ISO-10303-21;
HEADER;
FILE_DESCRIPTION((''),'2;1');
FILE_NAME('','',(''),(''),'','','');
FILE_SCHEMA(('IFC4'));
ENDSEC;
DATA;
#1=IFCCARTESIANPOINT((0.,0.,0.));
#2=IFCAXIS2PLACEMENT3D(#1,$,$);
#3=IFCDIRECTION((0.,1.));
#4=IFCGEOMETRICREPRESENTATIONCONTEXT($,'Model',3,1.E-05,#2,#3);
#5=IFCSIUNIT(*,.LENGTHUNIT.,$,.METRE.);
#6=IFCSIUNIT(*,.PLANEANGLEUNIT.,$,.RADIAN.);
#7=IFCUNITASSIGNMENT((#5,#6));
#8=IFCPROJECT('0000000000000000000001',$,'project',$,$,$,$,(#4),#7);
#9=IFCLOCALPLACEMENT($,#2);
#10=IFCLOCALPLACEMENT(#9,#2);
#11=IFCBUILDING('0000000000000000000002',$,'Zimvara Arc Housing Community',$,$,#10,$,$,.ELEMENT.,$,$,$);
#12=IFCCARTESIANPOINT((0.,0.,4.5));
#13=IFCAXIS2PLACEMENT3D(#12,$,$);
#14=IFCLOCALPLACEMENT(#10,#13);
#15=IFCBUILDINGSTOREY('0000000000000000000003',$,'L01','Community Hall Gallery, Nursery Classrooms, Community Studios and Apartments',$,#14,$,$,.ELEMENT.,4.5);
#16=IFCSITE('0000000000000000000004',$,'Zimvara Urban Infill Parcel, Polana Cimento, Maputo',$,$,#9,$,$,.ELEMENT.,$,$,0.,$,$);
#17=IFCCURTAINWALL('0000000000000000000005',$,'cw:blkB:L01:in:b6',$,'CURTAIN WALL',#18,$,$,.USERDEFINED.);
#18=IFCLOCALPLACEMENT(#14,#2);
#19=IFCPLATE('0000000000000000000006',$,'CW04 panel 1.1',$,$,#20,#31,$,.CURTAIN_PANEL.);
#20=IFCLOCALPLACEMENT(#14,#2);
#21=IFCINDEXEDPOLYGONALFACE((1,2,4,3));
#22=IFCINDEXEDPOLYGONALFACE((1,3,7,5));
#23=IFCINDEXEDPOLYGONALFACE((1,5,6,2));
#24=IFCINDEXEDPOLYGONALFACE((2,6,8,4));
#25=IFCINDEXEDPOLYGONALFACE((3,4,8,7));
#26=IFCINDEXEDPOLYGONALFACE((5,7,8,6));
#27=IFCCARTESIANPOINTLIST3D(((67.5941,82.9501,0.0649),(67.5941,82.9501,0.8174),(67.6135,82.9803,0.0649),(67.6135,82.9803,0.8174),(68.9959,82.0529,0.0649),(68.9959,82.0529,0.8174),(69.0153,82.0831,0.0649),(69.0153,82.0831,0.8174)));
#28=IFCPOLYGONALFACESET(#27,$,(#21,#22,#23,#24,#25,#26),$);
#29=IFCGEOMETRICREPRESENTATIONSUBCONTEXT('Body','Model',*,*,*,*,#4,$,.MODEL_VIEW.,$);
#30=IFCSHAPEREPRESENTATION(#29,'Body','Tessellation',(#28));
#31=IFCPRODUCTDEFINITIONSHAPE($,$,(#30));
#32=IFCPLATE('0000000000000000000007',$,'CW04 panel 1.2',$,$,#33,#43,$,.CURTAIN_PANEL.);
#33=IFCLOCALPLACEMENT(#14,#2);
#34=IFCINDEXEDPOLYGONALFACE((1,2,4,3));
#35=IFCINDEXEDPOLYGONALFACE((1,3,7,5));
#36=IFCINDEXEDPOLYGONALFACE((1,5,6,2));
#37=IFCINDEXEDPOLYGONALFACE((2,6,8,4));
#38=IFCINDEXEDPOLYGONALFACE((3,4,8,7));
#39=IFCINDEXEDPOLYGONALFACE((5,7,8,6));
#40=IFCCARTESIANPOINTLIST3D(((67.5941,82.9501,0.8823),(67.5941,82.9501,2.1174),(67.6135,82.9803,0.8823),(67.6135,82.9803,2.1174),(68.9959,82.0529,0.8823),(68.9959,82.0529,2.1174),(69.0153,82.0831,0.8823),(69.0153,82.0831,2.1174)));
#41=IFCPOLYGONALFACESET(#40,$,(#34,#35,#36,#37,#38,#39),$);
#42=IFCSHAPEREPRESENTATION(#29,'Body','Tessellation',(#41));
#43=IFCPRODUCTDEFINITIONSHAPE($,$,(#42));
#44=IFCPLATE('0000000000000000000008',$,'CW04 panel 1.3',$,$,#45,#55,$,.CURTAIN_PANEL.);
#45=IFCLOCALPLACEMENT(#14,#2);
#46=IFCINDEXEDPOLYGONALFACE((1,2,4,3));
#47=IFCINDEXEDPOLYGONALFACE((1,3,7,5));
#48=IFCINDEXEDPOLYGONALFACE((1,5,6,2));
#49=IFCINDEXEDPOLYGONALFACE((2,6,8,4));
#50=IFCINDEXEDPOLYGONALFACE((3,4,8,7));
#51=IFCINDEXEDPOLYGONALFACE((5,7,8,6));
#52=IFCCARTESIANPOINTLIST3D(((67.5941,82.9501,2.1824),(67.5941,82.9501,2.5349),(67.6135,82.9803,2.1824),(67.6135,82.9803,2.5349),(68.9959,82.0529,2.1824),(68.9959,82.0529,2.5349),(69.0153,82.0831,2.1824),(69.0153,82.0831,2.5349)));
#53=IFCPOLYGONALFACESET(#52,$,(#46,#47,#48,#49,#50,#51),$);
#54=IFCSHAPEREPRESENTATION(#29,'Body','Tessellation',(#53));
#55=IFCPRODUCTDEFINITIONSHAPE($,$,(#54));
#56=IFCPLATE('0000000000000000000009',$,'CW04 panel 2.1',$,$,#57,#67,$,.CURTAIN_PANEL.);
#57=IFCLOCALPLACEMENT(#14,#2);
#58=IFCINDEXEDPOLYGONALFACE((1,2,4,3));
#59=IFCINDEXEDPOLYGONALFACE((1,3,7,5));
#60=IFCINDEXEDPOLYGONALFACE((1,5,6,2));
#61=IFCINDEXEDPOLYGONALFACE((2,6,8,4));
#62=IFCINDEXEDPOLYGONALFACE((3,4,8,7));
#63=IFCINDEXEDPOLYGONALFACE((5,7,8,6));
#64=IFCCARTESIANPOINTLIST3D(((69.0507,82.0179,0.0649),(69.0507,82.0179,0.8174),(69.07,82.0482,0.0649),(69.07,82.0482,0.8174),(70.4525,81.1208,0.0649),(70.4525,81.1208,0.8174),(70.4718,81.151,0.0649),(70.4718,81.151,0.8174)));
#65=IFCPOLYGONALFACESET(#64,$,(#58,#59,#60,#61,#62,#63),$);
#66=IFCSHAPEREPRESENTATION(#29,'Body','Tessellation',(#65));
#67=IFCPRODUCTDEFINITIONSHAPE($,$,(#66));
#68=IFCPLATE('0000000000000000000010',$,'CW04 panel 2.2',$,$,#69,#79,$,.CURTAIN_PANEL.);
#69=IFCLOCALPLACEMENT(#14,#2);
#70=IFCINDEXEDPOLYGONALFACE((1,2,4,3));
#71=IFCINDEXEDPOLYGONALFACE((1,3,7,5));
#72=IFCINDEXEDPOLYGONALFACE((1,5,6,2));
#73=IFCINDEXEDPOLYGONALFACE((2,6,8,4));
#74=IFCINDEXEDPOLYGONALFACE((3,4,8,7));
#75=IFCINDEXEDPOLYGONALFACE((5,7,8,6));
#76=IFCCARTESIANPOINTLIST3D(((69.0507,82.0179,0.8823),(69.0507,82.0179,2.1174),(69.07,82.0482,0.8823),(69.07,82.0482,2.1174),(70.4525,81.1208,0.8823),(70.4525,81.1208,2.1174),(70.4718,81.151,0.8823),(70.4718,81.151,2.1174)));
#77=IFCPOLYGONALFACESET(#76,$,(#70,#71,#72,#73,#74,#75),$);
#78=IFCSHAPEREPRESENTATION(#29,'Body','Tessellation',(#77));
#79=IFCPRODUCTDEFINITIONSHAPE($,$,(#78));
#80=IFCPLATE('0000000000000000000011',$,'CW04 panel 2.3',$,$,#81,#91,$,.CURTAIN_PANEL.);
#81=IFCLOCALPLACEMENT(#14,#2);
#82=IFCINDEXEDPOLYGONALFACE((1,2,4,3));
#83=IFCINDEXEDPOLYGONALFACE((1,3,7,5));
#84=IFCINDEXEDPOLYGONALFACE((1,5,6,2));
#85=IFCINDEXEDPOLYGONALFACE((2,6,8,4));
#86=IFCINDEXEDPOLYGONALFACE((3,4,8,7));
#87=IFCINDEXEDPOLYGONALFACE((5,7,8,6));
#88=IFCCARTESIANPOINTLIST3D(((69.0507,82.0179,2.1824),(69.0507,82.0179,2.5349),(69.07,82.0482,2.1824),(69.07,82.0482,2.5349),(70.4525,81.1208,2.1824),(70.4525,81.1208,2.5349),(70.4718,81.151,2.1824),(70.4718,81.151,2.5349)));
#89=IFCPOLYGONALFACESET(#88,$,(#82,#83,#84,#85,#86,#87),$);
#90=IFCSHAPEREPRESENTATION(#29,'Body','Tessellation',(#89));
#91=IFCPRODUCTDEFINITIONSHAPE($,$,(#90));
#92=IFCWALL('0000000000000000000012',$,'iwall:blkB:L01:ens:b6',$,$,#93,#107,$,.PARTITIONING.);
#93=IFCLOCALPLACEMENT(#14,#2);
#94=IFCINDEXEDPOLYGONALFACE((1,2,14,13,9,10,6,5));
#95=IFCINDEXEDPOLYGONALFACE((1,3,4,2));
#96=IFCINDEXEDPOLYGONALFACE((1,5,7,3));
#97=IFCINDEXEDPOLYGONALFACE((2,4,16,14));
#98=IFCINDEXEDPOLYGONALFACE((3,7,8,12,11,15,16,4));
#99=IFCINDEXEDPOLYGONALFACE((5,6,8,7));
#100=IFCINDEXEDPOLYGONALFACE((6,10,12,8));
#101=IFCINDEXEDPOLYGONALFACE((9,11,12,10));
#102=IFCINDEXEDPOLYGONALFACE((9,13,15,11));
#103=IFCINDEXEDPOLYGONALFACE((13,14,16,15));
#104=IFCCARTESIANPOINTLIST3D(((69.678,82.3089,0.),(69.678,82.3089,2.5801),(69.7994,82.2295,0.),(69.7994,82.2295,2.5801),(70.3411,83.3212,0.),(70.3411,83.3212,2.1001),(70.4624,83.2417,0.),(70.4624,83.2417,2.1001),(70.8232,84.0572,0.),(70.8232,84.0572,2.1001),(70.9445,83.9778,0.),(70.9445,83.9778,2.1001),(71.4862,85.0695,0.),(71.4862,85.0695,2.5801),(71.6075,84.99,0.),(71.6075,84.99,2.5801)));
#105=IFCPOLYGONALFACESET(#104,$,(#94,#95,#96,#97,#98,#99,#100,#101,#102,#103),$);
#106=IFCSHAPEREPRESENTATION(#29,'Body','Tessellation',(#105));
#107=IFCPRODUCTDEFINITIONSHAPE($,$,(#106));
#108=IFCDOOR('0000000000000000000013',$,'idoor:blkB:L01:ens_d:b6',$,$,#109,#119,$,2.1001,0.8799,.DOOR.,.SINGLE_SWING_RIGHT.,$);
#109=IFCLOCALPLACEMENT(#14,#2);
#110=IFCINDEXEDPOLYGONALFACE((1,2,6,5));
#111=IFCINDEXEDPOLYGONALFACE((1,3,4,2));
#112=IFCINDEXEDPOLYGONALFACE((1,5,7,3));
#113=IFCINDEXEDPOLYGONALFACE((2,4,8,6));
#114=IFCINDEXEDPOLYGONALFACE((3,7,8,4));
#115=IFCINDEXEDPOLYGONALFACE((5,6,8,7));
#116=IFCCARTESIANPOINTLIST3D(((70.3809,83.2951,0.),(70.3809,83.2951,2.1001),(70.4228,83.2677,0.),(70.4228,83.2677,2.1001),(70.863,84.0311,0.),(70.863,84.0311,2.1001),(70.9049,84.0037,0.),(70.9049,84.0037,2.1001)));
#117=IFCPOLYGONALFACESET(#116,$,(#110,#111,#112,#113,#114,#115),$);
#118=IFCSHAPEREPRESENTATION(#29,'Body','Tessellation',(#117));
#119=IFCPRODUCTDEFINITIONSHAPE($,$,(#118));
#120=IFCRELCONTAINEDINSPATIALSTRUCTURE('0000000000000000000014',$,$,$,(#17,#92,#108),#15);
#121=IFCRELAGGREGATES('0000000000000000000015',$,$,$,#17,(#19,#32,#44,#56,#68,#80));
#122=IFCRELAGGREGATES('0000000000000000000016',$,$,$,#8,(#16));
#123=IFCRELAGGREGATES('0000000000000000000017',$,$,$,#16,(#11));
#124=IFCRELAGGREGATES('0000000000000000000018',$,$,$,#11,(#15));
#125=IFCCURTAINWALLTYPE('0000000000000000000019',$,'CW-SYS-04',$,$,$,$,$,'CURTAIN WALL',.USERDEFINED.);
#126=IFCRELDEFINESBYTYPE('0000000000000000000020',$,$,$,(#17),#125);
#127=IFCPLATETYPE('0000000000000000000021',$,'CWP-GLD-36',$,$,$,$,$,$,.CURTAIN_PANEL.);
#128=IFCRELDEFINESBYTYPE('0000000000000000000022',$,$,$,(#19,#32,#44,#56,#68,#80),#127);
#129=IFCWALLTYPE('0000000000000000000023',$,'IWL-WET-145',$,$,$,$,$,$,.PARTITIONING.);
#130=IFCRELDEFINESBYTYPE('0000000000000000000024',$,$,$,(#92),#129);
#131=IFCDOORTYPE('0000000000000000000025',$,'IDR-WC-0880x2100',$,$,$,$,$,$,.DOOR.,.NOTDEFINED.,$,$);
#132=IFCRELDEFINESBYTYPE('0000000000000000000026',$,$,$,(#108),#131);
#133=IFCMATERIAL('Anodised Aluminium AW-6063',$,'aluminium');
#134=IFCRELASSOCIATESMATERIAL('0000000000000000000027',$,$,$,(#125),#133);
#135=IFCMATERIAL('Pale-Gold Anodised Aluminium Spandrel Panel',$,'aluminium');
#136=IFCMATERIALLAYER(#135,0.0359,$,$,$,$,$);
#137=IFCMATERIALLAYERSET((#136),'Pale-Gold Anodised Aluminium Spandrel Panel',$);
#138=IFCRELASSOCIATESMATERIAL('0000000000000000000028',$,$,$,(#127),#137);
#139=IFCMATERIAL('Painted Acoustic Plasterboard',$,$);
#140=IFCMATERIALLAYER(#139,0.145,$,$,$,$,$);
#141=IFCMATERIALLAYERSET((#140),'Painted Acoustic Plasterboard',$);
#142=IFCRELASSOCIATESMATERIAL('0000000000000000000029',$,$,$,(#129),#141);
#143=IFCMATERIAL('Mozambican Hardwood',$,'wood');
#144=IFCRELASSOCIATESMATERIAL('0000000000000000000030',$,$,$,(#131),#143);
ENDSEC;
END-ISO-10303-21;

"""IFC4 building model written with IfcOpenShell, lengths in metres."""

from ifc_helpers import new_model, si_unit, direction, frame, frame_2d, origin, origin_2d, place, context, subcontext, project, spatial, rectangle, extrude, material, layer, layer_set, type_object, element, fill, aggregate, save


model = new_model("IFC4")

# Units and contexts
model_context = context("Model", 3, precision=1e-05, world=origin(), true_north=direction((0.0, 1.0)))
body_context = subcontext(model_context, "Body", "Model", "MODEL_VIEW")
ifc_project = project(units=[si_unit("LENGTHUNIT", "METRE"), si_unit("PLANEANGLEUNIT", "RADIAN")], contexts=[model_context])

# Site, building, storey
site_placement = place(None, origin())
site = spatial("IfcSite", under=ifc_project, at=site_placement, Name="Zimvara Urban Infill Parcel, Polana Cimento, Maputo", CompositionType="ELEMENT", RefElevation=0.0)
building_placement = place(site_placement, origin())
building = spatial("IfcBuilding", under=site, at=building_placement, Name="Zimvara Arc Housing Community", CompositionType="ELEMENT")
storey_placement = place(building_placement, frame((0.0, 0.0, 4.5)))
storey = spatial("IfcBuildingStorey", under=building, at=storey_placement, Name="L01", Description="Community Hall Gallery, Nursery Classrooms, Community Studios and Apartments", CompositionType="ELEMENT", Elevation=4.5)

# Curtain wall, plates
ifc_material_1 = material(Name="Anodised Aluminium AW-6063", Category="aluminium")
curtain_wall_type = type_object("IfcCurtainWallType", Name="CW-SYS-04", ElementType="CURTAIN WALL", PredefinedType="USERDEFINED", material=ifc_material_1)
curtain_wall_placement = place(storey_placement, origin())
curtain_wall = element("IfcCurtainWall", 1, at=curtain_wall_placement, inside=storey, type_object=curtain_wall_type, Name="cw:blkB:L01:in:b6", ObjectType="CURTAIN WALL", PredefinedType="USERDEFINED")
ifc_material_2 = material(Name="Pale-Gold Anodised Aluminium Spandrel Panel", Category="aluminium")
ifc_layer_1 = layer(ifc_material_2, 0.0359)
ifc_layer_set_1 = layer_set([ifc_layer_1], Name="Pale-Gold Anodised Aluminium Spandrel Panel")
plate_type = type_object("IfcPlateType", Name="CWP-GLD-36", PredefinedType="CURTAIN_PANEL", material=ifc_layer_set_1)
plate_1_placement = place(storey_placement, frame((68.3047, 82.5166, 0.0649), z_axis=(0.0, 0.0, 1.0), x_axis=(0.842265, -0.539064, 0.0)))
plate_1 = element("IfcPlate", 2, at=plate_1_placement, type_object=plate_type, Name="CW04 panel 1.1", PredefinedType="CURTAIN_PANEL", context=body_context, shape_type="SweptSolid", body=[
    extrude(rectangle(XDim=1.6643, YDim=0.0359, at=origin_2d()), origin(), (0.0, 0.0, 1.0), 0.7524),
])
plate_2_placement = place(storey_placement, frame((68.3047, 82.5166, 0.8823), z_axis=(0.0, 0.0, 1.0), x_axis=(0.842265, -0.539064, 0.0)))
plate_2 = element("IfcPlate", 3, at=plate_2_placement, type_object=plate_type, Name="CW04 panel 1.2", PredefinedType="CURTAIN_PANEL", context=body_context, shape_type="SweptSolid", body=[
    extrude(rectangle(XDim=1.6643, YDim=0.0359, at=origin_2d()), origin(), (0.0, 0.0, 1.0), 1.2351),
])
plate_3_placement = place(storey_placement, frame((68.3047, 82.5166, 2.1824), z_axis=(0.0, 0.0, 1.0), x_axis=(0.842265, -0.539064, 0.0)))
plate_3 = element("IfcPlate", 4, at=plate_3_placement, type_object=plate_type, Name="CW04 panel 1.3", PredefinedType="CURTAIN_PANEL", context=body_context, shape_type="SweptSolid", body=[
    extrude(rectangle(XDim=1.6643, YDim=0.0359, at=origin_2d()), origin(), (0.0, 0.0, 1.0), 0.3525),
])
plate_4_placement = place(storey_placement, frame((69.7612, 81.5845, 0.0649), z_axis=(0.0, 0.0, 1.0), x_axis=(0.842265, -0.539064, 0.0)))
plate_4 = element("IfcPlate", 5, at=plate_4_placement, type_object=plate_type, Name="CW04 panel 2.1", PredefinedType="CURTAIN_PANEL", context=body_context, shape_type="SweptSolid", body=[
    extrude(rectangle(XDim=1.6643, YDim=0.0359, at=origin_2d()), origin(), (0.0, 0.0, 1.0), 0.7524),
])
plate_5_placement = place(storey_placement, frame((69.7612, 81.5845, 0.8823), z_axis=(0.0, 0.0, 1.0), x_axis=(0.842265, -0.539064, 0.0)))
plate_5 = element("IfcPlate", 6, at=plate_5_placement, type_object=plate_type, Name="CW04 panel 2.2", PredefinedType="CURTAIN_PANEL", context=body_context, shape_type="SweptSolid", body=[
    extrude(rectangle(XDim=1.6643, YDim=0.0359, at=origin_2d()), origin(), (0.0, 0.0, 1.0), 1.2351),
])
plate_6_placement = place(storey_placement, frame((69.7612, 81.5845, 2.1824), z_axis=(0.0, 0.0, 1.0), x_axis=(0.842265, -0.539064, 0.0)))
plate_6 = element("IfcPlate", 7, at=plate_6_placement, type_object=plate_type, Name="CW04 panel 2.3", PredefinedType="CURTAIN_PANEL", context=body_context, shape_type="SweptSolid", body=[
    extrude(rectangle(XDim=1.6643, YDim=0.0359, at=origin_2d()), origin(), (0.0, 0.0, 1.0), 0.3525),
])
aggregate(curtain_wall, [plate_1, plate_2, plate_3, plate_4, plate_5, plate_6])

# Wall, opening, door
ifc_material_3 = material(Name="Painted Acoustic Plasterboard")
ifc_layer_2 = layer(ifc_material_3, 0.145)
ifc_layer_set_2 = layer_set([ifc_layer_2], Name="Painted Acoustic Plasterboard")
wall_type = type_object("IfcWallType", Name="IWL-WET-145", PredefinedType="PARTITIONING", material=ifc_layer_set_2)
wall_placement = place(storey_placement, frame((69.7388, 82.2693, 0.0), z_axis=(0.0, 0.0, 1.0), x_axis=(0.547921, 0.83653, 0.0)))
wall = element("IfcWall", 8, at=wall_placement, inside=storey, type_object=wall_type, Name="iwall:blkB:L01:ens:b6", PredefinedType="PARTITIONING", context=body_context, shape_type="SweptSolid", body=[
    extrude(rectangle(XDim=3.3, YDim=0.145, at=frame_2d((1.6499, 0.0))), origin(), (0.0, 0.0, 1.0), 2.5801),
])
opening_placement = place(wall_placement, frame((1.21, 0.0, 0.0)))
opening = element("IfcOpeningElement", 9, at=opening_placement, cuts=wall, PredefinedType="OPENING", context=body_context, shape_type="SweptSolid", body=[
    extrude(rectangle(XDim=0.8799, YDim=2.1001, at=frame_2d((0.4399, 1.05))), frame((0.0, 0.0825, 0.0), z_axis=(0.0, -1.0, 0.0), x_axis=(1.0, 0.0, 0.0)), (0.0, 0.0, 1.0), 0.165),
])
ifc_material_4 = material(Name="Mozambican Hardwood", Category="wood")
door_type = type_object("IfcDoorType", Name="IDR-WC-0880x2100", OperationType="NOTDEFINED", PredefinedType="DOOR", material=ifc_material_4)
door_placement = place(opening_placement, origin())
door = element("IfcDoor", 10, at=door_placement, inside=storey, type_object=door_type, Name="idoor:blkB:L01:ens_d:b6", OperationType="SINGLE_SWING_RIGHT", OverallHeight=2.1001, OverallWidth=0.8799, PredefinedType="DOOR", context=body_context, shape_type="SweptSolid", body=[
    extrude(rectangle(XDim=0.8799, YDim=2.1001, at=frame_2d((0.4399, 1.05))), frame((0.0, 0.0249, 0.0), z_axis=(0.0, -1.0, 0.0), x_axis=(1.0, 0.0, 0.0)), (0.0, 0.0, 1.0), 0.05),
])
fill(opening, door)

save(model, "model.ifc")
